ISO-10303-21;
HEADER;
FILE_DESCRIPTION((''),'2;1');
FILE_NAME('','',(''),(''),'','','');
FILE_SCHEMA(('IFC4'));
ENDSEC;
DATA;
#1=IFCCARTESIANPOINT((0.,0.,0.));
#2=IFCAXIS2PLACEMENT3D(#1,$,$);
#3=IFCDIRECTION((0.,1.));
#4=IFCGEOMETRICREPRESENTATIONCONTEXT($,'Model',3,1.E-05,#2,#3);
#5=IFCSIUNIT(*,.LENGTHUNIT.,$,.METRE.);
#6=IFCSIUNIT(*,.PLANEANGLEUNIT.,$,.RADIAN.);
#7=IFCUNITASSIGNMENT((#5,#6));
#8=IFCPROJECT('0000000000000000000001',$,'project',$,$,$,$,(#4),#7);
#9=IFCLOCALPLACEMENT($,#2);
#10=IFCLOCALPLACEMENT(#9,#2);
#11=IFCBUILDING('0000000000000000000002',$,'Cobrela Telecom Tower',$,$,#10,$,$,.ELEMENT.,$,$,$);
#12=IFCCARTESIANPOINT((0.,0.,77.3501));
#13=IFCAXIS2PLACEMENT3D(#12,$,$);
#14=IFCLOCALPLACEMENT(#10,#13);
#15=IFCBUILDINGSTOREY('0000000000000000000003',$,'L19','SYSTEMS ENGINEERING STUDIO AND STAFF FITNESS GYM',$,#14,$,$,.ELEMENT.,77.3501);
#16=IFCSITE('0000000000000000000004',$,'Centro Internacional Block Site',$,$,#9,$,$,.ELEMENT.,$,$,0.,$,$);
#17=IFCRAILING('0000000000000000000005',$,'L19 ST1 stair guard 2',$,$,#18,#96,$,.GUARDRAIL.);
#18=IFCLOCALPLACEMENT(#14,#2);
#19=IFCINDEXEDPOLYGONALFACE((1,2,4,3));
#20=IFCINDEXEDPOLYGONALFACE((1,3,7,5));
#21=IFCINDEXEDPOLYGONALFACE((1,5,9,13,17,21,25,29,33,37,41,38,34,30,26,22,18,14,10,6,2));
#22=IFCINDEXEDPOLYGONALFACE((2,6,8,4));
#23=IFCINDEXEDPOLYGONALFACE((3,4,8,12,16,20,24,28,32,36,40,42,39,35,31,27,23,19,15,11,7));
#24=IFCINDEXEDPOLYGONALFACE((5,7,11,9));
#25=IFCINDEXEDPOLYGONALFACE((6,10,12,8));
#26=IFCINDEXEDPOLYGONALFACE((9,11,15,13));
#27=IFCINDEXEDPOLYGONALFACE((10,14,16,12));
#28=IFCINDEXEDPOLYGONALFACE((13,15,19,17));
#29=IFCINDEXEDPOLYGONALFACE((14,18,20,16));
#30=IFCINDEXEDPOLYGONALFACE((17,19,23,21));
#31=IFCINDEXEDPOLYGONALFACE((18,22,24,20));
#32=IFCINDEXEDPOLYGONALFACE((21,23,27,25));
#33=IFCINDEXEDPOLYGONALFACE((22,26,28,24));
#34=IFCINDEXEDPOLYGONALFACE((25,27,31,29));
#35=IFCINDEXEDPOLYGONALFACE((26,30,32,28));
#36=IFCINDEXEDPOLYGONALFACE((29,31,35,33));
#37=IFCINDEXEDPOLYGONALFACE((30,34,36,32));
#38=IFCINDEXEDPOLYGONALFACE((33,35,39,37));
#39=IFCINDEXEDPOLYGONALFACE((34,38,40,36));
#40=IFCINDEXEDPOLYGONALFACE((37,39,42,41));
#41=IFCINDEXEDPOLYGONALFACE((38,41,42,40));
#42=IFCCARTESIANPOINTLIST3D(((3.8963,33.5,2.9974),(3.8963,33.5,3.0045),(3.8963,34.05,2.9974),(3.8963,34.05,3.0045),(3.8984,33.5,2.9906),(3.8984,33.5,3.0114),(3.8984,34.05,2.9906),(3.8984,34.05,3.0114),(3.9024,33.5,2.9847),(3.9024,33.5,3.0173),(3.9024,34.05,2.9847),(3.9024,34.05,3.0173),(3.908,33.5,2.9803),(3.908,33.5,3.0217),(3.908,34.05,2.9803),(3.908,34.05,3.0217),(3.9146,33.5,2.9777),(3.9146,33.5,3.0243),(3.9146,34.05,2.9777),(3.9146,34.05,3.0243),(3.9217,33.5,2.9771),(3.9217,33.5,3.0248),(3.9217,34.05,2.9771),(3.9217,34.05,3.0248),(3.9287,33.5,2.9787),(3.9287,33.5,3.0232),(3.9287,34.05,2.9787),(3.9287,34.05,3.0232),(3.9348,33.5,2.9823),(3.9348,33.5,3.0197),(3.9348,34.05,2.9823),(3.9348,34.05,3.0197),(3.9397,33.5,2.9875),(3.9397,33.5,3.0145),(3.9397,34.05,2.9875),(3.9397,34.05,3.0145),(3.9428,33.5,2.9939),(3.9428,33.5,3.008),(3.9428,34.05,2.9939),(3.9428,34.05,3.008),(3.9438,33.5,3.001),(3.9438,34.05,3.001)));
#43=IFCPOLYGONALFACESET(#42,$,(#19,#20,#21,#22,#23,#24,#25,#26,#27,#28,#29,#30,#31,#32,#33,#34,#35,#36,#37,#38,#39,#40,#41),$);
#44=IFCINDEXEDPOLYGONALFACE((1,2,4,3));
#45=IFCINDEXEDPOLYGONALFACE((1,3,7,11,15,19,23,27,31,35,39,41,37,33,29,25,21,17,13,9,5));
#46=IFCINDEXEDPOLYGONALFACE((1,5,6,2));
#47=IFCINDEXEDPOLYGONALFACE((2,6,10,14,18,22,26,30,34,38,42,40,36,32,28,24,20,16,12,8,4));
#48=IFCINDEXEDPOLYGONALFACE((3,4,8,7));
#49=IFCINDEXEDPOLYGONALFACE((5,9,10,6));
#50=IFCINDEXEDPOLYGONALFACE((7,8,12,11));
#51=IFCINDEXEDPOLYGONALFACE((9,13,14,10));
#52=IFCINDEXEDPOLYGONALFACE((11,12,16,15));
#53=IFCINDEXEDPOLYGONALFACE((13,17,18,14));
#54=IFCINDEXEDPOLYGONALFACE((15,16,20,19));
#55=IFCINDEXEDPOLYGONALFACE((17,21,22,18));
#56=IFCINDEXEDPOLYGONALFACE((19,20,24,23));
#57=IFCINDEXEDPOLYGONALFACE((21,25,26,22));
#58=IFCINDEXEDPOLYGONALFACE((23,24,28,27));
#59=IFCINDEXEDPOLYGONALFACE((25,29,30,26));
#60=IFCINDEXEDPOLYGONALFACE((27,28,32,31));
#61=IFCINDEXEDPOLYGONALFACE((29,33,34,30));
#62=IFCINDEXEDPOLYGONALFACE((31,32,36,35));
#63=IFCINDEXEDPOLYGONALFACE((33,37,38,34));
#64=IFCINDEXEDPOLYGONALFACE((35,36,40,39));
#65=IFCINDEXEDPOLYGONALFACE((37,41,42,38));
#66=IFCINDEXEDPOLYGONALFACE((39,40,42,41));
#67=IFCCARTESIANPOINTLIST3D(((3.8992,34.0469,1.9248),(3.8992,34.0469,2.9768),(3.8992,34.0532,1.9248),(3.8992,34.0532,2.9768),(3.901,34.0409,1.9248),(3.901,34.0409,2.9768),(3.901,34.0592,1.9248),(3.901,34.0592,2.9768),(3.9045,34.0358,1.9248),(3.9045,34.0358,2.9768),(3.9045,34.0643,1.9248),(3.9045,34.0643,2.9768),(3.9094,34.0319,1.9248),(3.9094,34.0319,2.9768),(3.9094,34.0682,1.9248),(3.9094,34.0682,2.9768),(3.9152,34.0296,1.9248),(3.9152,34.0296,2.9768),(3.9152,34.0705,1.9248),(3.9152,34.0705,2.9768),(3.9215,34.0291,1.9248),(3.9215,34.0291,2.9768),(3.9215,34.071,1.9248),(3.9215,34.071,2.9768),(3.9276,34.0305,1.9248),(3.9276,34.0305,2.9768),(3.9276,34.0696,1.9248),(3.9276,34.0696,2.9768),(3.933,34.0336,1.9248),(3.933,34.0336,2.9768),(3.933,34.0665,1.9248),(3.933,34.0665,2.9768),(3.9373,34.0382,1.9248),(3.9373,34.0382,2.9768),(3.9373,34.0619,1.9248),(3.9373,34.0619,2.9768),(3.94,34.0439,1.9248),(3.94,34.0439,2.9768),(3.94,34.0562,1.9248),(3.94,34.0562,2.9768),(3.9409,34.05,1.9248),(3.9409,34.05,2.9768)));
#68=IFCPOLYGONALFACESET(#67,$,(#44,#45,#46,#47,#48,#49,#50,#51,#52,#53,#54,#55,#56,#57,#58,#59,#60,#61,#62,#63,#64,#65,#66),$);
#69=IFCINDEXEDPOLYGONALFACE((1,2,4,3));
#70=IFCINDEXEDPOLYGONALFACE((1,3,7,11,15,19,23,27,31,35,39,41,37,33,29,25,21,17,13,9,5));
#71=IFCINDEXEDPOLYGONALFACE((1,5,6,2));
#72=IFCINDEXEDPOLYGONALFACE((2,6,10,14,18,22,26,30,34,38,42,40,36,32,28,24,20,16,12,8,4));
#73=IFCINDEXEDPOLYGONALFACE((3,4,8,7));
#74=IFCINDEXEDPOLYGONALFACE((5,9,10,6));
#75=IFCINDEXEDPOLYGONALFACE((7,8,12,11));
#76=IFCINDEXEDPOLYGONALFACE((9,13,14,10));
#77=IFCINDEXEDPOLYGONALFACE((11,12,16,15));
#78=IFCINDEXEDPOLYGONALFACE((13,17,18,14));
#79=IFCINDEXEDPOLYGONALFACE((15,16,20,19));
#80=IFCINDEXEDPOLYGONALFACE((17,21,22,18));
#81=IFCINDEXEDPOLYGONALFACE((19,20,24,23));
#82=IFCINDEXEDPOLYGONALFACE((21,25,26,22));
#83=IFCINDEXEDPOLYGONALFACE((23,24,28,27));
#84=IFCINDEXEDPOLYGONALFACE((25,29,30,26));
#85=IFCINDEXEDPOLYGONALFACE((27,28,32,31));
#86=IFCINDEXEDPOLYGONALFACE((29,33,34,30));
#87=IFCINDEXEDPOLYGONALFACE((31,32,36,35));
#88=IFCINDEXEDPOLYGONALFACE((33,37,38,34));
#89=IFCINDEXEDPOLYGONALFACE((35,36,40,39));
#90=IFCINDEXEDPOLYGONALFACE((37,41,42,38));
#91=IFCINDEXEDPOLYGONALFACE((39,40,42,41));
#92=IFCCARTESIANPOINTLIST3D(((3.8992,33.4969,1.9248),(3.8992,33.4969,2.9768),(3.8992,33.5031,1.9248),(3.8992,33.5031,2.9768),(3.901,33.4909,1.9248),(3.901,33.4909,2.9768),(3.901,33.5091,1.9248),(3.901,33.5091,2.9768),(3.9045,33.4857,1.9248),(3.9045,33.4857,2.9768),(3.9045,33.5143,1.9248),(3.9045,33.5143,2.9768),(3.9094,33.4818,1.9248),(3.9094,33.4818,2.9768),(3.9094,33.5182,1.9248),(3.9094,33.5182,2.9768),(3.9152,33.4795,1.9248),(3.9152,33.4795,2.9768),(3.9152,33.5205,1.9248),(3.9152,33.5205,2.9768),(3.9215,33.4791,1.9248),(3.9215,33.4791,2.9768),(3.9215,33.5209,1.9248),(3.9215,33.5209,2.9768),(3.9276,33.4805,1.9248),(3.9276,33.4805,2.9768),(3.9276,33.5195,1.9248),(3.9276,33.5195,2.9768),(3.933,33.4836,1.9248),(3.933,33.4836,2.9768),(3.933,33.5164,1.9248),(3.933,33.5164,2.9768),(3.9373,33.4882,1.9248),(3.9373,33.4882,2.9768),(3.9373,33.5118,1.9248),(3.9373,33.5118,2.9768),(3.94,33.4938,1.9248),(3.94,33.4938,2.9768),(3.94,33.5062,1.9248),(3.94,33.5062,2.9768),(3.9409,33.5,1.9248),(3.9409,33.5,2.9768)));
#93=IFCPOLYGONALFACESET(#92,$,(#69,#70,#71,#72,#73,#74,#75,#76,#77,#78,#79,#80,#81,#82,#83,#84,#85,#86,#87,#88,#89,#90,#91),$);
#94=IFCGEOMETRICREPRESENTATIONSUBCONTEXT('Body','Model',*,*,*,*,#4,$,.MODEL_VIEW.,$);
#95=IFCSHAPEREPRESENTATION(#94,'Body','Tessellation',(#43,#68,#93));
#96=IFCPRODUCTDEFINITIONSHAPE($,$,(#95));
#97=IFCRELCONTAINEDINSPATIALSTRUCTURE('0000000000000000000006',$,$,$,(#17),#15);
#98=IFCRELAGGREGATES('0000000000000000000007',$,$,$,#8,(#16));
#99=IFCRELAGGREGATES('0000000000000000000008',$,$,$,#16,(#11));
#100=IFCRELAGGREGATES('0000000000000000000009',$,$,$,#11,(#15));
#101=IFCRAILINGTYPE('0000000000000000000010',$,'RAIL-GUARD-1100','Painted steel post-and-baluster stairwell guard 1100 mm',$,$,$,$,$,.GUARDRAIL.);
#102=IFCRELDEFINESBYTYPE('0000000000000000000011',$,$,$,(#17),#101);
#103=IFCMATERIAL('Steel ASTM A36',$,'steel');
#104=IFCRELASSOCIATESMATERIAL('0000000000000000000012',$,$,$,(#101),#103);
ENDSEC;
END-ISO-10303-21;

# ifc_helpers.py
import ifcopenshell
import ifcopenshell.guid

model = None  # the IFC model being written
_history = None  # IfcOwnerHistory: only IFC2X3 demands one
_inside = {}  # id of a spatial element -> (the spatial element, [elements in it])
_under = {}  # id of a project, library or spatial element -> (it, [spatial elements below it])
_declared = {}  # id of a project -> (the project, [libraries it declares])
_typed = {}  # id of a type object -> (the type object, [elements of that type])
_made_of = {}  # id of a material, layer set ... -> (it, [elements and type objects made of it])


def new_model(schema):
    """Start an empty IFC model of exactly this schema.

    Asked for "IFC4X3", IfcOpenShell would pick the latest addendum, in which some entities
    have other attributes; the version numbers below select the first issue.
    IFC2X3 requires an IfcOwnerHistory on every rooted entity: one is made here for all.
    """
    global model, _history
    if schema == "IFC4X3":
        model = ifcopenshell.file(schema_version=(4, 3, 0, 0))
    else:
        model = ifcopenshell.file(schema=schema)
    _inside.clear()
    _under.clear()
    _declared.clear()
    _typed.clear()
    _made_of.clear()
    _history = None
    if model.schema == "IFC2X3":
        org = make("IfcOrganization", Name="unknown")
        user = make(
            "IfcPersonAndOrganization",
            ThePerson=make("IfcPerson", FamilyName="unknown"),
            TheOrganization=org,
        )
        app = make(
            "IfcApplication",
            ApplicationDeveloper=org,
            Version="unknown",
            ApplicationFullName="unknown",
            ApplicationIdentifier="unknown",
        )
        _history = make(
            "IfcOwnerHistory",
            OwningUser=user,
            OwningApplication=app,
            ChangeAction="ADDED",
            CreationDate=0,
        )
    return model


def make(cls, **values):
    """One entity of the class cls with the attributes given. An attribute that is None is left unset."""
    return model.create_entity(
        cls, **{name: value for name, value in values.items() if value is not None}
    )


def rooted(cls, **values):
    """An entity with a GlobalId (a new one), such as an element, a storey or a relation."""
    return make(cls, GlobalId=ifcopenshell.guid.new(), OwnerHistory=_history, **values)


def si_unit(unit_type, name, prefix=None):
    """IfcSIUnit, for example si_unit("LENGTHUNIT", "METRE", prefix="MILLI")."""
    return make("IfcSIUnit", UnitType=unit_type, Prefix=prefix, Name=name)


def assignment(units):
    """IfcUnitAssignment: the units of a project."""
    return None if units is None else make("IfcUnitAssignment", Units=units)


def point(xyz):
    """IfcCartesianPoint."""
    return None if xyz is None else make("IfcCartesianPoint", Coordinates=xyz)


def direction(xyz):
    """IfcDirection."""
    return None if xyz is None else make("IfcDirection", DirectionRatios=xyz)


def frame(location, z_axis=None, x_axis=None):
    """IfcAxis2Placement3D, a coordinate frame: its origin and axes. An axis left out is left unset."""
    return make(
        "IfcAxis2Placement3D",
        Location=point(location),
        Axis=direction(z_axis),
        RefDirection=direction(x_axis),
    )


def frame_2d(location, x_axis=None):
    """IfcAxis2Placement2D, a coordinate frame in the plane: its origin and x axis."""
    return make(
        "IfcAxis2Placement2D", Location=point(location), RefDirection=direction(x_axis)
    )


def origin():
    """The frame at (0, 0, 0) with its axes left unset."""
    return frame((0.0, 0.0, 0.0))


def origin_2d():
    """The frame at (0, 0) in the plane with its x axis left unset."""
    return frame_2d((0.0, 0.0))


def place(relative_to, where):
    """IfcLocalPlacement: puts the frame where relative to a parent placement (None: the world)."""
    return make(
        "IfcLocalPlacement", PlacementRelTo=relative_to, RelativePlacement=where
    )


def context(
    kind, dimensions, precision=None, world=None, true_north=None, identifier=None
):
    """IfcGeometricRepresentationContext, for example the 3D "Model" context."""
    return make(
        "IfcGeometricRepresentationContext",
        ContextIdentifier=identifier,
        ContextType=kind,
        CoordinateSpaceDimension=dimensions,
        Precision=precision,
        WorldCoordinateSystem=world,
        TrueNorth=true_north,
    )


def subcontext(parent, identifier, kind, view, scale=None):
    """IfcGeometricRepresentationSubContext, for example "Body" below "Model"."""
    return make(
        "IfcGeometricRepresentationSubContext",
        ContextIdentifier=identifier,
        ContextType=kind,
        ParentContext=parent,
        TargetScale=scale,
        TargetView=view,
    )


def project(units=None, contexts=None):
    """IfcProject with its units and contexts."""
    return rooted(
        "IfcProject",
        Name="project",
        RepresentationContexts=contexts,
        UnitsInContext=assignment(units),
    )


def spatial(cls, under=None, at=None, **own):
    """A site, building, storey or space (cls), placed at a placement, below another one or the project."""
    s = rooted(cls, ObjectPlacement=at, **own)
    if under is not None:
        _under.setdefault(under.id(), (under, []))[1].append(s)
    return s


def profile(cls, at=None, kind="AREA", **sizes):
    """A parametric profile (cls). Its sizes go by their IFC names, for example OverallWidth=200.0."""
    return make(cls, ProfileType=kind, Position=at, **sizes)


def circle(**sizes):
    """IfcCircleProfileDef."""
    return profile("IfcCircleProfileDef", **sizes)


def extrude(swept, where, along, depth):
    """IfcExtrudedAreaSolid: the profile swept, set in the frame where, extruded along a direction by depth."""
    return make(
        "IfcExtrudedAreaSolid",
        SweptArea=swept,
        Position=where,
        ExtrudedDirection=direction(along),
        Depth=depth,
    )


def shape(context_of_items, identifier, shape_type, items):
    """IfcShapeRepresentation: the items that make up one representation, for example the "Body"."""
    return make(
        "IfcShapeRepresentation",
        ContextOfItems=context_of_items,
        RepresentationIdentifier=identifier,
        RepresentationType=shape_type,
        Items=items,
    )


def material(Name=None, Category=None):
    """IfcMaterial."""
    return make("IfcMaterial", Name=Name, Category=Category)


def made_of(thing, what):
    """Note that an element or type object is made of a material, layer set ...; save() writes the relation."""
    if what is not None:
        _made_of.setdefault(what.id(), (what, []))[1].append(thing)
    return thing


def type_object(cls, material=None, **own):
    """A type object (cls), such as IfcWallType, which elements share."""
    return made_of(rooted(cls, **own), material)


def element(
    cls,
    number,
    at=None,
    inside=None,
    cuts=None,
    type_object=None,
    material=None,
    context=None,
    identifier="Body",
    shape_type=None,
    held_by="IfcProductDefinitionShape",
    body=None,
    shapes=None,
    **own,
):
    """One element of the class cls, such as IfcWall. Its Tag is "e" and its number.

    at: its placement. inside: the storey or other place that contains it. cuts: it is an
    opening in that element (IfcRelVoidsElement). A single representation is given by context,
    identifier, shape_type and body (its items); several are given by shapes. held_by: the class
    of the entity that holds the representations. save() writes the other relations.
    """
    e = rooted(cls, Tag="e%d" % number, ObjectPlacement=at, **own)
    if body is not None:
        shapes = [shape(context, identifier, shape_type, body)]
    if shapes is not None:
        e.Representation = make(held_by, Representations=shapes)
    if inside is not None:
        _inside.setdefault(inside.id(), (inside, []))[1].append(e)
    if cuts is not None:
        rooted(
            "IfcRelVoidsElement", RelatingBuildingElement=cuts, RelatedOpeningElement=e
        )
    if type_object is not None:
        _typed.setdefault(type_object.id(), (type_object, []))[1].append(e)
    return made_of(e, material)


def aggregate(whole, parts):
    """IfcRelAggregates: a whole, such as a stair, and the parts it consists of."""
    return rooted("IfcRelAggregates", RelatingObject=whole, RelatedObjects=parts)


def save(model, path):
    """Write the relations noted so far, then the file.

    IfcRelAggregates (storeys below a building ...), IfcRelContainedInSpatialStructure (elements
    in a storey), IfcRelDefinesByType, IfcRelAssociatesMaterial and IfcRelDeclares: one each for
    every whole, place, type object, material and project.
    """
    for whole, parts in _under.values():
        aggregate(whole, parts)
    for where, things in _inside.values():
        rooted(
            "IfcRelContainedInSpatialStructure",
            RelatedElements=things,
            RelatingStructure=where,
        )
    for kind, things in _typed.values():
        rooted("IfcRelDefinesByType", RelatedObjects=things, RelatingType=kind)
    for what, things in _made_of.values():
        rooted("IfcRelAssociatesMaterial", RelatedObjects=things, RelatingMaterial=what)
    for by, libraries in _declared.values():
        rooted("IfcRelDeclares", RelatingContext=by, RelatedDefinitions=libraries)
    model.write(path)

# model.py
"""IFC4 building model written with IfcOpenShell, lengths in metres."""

from ifc_helpers import new_model, si_unit, direction, frame, origin, origin_2d, place, context, subcontext, project, spatial, circle, extrude, material, type_object, element, save


model = new_model("IFC4")

# Units and contexts
model_context = context("Model", 3, precision=1e-05, world=origin(), true_north=direction((0.0, 1.0)))
body_context = subcontext(model_context, "Body", "Model", "MODEL_VIEW")
ifc_project = project(units=[si_unit("LENGTHUNIT", "METRE"), si_unit("PLANEANGLEUNIT", "RADIAN")], contexts=[model_context])

# Site, building, storey
site_placement = place(None, origin())
site = spatial("IfcSite", under=ifc_project, at=site_placement, Name="Centro Internacional Block Site", CompositionType="ELEMENT", RefElevation=0.0)
building_placement = place(site_placement, origin())
building = spatial("IfcBuilding", under=site, at=building_placement, Name="Cobrela Telecom Tower", CompositionType="ELEMENT")
storey_placement = place(building_placement, frame((0.0, 0.0, 77.3501)))
storey = spatial("IfcBuildingStorey", under=building, at=storey_placement, Name="L19", Description="SYSTEMS ENGINEERING STUDIO AND STAFF FITNESS GYM", CompositionType="ELEMENT", Elevation=77.3501)

# Shared definitions
ifc_material_1 = material(Name="Steel ASTM A36", Category="steel")

# Railing
railing_type_1 = type_object("IfcRailingType", Name="RAIL-GUARD-1100", Description="Painted steel post-and-baluster stairwell guard 1100 mm", PredefinedType="GUARDRAIL", material=ifc_material_1)
railing_1_placement = place(storey_placement, frame((3.9199, 34.05, 1.9248)))
element("IfcRailing", 1, at=railing_1_placement, inside=storey, type_object=railing_type_1, Name="L19 ST1 stair guard 2", PredefinedType="GUARDRAIL", context=body_context, shape_type="SweptSolid", body=[
    extrude(circle(Radius=0.0239, at=origin_2d()), frame((0.0, 0.0, 1.0762), z_axis=(0.0, -1.0, 0.0), x_axis=(1.0, 0.0, 0.0)), (0.0, 0.0, 1.0), 0.55),
    extrude(circle(Radius=0.021, at=origin_2d()), origin(), (0.0, 0.0, 1.0), 1.052),
    extrude(circle(Radius=0.021, at=origin_2d()), frame((0.0, -0.55, 0.0)), (0.0, 0.0, 1.0), 1.052),
])

save(model, "model.ifc")
